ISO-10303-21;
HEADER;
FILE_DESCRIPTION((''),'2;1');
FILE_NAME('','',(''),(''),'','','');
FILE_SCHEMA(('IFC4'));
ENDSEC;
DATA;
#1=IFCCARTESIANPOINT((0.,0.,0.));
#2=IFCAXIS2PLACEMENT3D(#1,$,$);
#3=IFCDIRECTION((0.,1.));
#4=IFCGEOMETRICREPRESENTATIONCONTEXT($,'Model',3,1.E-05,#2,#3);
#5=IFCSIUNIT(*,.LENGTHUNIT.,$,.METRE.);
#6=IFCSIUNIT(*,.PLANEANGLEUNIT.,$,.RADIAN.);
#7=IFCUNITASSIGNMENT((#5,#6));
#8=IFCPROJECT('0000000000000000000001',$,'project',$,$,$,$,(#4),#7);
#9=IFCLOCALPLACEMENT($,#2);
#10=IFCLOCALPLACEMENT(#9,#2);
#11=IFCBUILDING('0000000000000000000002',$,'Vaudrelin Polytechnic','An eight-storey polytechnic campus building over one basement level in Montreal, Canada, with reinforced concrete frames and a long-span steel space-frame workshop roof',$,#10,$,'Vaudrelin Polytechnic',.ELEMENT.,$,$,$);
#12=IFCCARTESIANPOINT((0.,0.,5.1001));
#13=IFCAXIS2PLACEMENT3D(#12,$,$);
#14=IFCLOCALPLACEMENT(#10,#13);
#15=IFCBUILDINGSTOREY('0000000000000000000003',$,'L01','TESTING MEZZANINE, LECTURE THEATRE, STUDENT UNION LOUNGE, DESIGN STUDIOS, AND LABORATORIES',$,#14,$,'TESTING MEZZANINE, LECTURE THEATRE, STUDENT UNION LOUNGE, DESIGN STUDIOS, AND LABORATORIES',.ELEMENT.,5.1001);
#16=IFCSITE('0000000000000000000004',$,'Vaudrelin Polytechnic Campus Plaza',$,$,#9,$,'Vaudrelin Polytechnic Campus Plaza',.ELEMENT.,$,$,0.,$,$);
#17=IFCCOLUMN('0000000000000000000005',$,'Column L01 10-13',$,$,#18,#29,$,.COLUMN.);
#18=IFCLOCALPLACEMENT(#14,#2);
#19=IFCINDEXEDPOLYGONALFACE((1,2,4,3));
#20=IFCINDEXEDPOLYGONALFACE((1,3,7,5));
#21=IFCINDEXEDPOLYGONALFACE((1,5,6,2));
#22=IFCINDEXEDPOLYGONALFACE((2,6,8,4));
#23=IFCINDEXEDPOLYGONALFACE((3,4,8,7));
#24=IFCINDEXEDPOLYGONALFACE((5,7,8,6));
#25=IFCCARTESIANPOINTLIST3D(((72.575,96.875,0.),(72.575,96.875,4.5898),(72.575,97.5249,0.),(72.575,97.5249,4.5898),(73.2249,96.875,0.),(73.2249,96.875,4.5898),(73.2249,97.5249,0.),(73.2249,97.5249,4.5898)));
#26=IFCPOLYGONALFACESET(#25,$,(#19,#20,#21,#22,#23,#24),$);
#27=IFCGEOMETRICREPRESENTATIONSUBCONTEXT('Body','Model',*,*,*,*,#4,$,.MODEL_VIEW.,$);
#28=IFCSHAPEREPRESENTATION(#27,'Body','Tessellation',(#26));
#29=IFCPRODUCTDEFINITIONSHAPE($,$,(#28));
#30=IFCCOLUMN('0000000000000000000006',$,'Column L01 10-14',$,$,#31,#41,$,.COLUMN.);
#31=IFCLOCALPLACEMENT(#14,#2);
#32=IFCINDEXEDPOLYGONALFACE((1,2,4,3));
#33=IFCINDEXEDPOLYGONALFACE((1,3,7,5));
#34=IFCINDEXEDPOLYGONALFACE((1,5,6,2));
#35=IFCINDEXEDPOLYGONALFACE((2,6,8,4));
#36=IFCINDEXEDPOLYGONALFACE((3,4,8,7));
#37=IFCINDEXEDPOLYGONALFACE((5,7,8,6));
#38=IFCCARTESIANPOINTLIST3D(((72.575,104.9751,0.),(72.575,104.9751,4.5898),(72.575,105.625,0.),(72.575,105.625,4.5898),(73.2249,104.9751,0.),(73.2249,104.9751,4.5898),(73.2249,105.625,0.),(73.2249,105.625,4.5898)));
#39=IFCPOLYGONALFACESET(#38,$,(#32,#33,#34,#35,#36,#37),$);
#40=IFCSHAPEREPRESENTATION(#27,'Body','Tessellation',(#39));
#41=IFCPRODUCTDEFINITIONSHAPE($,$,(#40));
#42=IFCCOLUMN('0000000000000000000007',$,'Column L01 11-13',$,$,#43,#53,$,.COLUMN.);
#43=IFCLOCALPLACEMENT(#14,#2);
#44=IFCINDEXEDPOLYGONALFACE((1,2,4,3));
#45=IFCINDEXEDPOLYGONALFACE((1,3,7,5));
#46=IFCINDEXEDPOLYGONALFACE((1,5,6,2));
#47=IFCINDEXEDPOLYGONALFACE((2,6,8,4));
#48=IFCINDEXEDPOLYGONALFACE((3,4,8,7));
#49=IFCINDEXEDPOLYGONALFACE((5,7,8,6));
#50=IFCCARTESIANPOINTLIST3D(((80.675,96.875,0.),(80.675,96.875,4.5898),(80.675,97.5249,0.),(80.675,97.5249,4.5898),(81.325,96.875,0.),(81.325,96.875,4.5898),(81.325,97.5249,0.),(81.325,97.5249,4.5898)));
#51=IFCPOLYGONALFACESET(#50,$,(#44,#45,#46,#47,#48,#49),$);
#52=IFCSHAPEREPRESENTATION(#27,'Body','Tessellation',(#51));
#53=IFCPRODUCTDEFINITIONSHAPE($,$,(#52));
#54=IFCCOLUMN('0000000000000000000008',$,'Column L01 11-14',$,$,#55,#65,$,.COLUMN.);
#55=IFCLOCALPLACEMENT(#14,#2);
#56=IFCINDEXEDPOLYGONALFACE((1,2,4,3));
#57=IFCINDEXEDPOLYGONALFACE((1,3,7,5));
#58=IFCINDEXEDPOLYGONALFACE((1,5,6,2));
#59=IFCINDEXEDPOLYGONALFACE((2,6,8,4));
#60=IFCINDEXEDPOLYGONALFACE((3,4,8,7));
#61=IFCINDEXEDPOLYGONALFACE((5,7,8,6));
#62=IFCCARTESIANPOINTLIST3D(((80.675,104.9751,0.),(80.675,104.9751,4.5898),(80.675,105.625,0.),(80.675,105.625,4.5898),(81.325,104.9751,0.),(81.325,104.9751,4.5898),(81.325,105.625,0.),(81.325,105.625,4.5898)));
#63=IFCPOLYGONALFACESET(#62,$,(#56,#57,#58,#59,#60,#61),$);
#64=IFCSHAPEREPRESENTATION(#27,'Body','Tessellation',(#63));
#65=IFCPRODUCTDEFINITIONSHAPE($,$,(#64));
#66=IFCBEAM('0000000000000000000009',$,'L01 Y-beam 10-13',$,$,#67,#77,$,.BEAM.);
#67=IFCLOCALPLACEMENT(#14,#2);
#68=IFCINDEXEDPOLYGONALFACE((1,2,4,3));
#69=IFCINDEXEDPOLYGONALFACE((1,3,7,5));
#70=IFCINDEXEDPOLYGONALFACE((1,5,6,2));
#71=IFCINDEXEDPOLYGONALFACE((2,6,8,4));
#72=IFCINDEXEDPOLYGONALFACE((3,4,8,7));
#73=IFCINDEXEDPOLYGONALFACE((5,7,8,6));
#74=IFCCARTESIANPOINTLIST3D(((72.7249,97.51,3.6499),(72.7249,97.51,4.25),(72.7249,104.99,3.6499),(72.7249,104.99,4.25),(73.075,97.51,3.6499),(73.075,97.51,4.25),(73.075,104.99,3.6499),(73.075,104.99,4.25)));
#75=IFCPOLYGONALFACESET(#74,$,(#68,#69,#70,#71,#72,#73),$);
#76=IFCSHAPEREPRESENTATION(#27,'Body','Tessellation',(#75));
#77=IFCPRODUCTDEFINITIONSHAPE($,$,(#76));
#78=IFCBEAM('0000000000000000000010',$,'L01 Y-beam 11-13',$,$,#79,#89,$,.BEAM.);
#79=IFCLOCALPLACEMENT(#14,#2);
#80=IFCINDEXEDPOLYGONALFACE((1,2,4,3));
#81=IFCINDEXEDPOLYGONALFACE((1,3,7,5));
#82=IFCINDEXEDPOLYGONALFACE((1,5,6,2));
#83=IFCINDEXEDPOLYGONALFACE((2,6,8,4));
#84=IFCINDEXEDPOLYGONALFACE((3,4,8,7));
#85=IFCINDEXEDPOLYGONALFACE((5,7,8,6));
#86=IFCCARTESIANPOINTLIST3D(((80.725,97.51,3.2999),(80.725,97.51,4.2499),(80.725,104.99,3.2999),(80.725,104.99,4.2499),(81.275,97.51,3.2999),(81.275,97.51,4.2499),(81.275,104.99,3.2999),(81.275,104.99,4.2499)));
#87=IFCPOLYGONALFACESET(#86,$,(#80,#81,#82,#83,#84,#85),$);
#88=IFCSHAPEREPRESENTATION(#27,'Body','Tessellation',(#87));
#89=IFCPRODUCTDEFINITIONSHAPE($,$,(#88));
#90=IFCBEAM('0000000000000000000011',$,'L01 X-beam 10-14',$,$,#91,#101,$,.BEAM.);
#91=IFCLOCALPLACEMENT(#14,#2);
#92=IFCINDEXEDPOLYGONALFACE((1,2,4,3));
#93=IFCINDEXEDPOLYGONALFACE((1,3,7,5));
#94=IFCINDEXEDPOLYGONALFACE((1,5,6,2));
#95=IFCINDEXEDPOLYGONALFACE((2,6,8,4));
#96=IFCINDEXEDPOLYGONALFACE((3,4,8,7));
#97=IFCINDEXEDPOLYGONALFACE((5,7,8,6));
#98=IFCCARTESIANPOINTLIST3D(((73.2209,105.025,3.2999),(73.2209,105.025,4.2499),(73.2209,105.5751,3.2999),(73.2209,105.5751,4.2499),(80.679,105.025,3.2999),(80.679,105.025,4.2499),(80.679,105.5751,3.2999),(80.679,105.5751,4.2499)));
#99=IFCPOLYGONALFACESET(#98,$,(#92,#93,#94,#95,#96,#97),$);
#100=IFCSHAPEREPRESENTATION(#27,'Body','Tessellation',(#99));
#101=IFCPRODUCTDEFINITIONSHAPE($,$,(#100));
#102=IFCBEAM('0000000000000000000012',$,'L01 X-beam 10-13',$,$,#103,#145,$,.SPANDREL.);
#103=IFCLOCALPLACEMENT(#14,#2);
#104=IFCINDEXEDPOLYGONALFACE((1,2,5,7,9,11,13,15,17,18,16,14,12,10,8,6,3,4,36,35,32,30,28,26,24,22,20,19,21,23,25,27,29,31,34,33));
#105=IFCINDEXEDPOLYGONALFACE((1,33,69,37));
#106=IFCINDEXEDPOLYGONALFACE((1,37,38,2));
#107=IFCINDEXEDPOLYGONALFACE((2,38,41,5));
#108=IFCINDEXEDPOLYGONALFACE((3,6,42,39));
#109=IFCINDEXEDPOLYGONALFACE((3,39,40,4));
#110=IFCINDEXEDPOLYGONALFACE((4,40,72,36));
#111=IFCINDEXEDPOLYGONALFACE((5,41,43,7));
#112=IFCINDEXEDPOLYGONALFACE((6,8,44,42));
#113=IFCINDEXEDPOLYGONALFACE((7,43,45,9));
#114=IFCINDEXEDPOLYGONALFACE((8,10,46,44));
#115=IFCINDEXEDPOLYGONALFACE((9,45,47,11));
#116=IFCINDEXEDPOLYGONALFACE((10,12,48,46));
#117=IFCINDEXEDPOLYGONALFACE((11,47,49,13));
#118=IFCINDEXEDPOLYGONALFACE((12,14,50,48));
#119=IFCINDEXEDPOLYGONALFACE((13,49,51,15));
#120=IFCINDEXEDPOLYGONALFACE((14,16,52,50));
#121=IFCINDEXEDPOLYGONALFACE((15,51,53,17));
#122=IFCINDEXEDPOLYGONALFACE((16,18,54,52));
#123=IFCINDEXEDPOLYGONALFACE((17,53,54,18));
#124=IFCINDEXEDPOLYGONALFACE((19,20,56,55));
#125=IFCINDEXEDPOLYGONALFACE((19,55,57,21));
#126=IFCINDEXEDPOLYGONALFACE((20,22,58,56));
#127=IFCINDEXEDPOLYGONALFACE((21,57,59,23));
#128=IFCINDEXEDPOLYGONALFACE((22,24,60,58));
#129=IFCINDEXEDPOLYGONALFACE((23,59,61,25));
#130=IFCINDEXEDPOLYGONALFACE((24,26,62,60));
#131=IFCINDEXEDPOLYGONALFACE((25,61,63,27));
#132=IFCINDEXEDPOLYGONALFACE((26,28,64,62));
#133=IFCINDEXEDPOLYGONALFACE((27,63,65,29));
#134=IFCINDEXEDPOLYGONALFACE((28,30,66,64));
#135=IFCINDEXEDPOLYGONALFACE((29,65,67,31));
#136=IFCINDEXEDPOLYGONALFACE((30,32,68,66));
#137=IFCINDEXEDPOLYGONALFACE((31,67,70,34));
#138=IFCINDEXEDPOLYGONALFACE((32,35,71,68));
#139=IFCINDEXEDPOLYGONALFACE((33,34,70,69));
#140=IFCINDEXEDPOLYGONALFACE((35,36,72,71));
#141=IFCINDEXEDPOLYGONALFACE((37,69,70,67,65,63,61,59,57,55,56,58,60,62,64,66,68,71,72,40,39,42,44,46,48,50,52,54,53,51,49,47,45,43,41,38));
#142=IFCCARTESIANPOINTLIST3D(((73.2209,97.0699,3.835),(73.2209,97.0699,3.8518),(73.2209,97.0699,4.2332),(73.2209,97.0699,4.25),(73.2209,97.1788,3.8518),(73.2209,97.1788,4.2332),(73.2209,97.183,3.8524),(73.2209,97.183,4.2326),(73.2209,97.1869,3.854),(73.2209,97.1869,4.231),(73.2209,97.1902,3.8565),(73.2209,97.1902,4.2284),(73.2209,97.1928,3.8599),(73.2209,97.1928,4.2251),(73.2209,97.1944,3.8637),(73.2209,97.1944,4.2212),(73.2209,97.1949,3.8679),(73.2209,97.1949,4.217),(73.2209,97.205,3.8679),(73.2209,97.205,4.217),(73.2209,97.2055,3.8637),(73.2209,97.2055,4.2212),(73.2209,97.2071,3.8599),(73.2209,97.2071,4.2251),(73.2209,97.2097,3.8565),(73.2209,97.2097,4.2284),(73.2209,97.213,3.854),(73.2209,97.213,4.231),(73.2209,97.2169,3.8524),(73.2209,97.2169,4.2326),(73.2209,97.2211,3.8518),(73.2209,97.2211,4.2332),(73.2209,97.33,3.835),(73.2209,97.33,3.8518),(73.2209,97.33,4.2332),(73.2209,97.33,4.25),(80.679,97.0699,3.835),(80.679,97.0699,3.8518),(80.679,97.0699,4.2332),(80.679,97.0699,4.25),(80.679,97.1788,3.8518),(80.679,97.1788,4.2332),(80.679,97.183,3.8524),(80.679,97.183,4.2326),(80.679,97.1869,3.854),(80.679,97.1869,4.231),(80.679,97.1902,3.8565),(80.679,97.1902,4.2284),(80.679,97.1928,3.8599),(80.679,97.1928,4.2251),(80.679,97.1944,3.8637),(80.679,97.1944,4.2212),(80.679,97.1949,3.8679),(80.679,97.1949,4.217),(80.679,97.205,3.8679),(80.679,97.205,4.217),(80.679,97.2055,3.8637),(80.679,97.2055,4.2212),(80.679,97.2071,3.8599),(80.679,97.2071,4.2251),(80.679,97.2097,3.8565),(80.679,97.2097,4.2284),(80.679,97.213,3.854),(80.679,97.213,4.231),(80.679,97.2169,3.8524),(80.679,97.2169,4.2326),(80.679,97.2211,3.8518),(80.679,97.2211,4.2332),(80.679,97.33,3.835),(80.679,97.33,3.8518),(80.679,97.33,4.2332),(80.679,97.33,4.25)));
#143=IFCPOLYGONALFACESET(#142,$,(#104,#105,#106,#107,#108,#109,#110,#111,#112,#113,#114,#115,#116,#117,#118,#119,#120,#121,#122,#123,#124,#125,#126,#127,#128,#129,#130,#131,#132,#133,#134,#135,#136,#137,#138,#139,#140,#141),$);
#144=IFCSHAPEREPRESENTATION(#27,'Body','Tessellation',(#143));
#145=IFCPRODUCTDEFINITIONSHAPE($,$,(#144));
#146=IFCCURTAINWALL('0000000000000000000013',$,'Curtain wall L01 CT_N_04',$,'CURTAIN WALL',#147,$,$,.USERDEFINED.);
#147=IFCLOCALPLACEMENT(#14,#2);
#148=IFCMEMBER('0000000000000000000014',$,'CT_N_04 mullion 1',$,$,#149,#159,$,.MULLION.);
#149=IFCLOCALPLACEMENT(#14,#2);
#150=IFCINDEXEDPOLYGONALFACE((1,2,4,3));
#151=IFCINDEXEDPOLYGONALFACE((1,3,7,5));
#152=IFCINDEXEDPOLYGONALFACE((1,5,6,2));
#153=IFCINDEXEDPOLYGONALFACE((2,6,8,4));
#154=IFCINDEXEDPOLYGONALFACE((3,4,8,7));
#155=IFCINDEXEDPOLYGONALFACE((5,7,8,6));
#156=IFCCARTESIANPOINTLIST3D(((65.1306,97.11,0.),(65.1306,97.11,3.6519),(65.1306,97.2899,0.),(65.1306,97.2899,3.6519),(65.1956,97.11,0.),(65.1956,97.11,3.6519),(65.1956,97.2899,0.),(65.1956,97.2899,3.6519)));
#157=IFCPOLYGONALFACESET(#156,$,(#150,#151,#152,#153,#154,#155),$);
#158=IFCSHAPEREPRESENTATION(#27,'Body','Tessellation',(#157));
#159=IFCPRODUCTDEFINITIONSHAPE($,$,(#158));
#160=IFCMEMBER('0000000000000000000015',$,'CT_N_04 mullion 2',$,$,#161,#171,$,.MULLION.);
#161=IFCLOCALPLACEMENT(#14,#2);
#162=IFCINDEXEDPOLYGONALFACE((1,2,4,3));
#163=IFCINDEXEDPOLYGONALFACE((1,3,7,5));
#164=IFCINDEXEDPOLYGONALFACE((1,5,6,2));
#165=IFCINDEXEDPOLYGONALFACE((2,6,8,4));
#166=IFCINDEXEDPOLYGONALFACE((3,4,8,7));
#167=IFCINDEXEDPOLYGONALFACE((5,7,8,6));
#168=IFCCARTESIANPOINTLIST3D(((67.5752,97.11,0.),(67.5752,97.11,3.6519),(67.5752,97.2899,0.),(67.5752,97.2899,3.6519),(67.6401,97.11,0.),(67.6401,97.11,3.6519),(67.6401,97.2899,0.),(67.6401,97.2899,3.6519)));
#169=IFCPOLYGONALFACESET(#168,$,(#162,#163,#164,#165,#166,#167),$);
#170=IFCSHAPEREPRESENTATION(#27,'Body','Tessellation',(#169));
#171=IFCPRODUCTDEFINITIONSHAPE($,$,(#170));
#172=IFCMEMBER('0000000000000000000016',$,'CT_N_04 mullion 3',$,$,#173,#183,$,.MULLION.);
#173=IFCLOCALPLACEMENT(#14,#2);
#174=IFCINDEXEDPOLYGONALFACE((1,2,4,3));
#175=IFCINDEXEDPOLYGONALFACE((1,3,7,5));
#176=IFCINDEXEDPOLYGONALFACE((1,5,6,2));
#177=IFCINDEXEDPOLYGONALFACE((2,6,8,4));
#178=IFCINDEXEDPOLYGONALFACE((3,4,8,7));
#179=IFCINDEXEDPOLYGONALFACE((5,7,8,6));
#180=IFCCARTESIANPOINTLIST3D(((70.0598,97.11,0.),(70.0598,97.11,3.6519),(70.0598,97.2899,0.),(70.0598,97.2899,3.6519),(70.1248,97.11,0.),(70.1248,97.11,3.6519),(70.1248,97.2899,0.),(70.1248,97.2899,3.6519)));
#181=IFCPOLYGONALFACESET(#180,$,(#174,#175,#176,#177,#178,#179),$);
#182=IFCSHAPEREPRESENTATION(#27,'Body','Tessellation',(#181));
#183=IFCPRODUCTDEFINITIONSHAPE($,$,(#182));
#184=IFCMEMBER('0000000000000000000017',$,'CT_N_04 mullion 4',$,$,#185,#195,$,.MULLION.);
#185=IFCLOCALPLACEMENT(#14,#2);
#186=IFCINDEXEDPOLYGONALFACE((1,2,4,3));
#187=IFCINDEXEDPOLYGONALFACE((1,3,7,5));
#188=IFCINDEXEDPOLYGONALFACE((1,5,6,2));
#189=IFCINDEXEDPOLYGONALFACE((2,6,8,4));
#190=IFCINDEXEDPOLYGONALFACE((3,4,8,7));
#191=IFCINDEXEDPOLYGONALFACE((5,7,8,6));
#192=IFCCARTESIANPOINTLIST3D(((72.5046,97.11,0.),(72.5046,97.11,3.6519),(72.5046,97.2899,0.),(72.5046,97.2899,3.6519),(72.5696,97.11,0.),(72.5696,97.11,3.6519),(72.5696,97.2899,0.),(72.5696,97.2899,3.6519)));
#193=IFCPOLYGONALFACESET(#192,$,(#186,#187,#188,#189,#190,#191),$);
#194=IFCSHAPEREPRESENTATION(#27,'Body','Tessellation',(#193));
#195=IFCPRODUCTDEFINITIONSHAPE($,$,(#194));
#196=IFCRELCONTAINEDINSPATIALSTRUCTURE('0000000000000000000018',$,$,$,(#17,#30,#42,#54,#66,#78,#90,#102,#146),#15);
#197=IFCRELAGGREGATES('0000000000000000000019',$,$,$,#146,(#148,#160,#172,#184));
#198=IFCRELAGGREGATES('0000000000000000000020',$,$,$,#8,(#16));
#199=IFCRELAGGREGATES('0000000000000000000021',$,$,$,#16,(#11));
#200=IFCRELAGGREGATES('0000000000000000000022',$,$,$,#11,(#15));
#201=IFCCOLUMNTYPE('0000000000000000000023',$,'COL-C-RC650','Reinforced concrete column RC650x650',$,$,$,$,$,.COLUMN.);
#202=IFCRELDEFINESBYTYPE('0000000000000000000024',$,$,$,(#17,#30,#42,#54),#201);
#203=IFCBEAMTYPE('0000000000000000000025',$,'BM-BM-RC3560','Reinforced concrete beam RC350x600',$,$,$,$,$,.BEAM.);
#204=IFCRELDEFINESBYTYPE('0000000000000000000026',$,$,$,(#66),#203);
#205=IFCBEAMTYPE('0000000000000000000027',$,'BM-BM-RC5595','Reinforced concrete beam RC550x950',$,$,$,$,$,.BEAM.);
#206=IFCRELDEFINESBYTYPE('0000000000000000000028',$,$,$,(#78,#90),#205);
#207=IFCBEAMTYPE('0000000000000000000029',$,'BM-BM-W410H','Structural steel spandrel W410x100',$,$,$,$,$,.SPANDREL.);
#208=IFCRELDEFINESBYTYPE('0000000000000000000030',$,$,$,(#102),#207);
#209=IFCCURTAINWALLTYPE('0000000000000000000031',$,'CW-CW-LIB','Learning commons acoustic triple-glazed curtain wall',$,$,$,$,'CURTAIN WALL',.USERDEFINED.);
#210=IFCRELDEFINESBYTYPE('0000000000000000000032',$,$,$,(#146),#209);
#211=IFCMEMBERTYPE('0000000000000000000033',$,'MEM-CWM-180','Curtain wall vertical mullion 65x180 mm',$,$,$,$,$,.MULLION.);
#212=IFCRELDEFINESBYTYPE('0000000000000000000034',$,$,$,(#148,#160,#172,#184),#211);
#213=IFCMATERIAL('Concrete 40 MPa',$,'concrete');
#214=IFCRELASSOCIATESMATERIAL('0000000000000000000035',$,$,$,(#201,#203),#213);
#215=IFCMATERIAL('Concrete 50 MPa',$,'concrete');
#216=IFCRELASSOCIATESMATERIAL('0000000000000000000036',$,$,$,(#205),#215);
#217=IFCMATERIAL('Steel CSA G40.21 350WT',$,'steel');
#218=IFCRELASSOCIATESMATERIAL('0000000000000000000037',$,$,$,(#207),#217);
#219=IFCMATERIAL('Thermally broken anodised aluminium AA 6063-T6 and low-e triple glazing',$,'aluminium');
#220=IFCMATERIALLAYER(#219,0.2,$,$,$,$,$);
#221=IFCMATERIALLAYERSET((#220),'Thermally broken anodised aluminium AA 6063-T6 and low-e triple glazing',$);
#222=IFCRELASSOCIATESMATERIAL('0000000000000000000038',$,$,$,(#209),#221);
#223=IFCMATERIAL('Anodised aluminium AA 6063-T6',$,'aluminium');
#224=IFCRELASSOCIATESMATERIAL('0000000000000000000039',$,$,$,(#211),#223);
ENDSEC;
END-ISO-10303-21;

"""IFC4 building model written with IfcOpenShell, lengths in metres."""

from ifc_helpers import new_model, si_unit, direction, frame, origin, origin_2d, place, context, subcontext, project, spatial, rectangle, i_section, extrude, material, layer, layer_set, material_profile, profile_set, type_object, element, aggregate, save


model = new_model("IFC4")

# Units and contexts
model_context = context("Model", 3, precision=1e-05, world=origin(), true_north=direction((0.0, 1.0)))
body_context = subcontext(model_context, "Body", "Model", "MODEL_VIEW")
ifc_project = project(units=[si_unit("LENGTHUNIT", "METRE"), si_unit("PLANEANGLEUNIT", "RADIAN")], contexts=[model_context])

# Site, building, storey
site_placement = place(None, origin())
site = spatial("IfcSite", under=ifc_project, at=site_placement, Name="Vaudrelin Polytechnic Campus Plaza", LongName="Vaudrelin Polytechnic Campus Plaza", CompositionType="ELEMENT", RefElevation=0.0)
building_placement = place(site_placement, origin())
building = spatial("IfcBuilding", under=site, at=building_placement, Name="Vaudrelin Polytechnic", Description="An eight-storey polytechnic campus building over one basement level in Montreal, Canada, with reinforced concrete frames and a long-span steel space-frame workshop roof", LongName="Vaudrelin Polytechnic", CompositionType="ELEMENT")
storey_placement = place(building_placement, frame((0.0, 0.0, 5.1001)))
storey = spatial("IfcBuildingStorey", under=building, at=storey_placement, Name="L01", Description="TESTING MEZZANINE, LECTURE THEATRE, STUDENT UNION LOUNGE, DESIGN STUDIOS, AND LABORATORIES", LongName="TESTING MEZZANINE, LECTURE THEATRE, STUDENT UNION LOUNGE, DESIGN STUDIOS, AND LABORATORIES", CompositionType="ELEMENT", Elevation=5.1001)

# Columns
ifc_material_1 = material(Name="Concrete 40 MPa", Category="concrete")
ifc_material_profile_1 = material_profile(ifc_material_1, rectangle(XDim=0.6499, YDim=0.6499, at=origin_2d()), Name="RC650x650")
ifc_profile_set_1 = profile_set([ifc_material_profile_1], Name="Concrete 40 MPa")
column_type = type_object("IfcColumnType", Name="COL-C-RC650", Description="Reinforced concrete column RC650x650", PredefinedType="COLUMN", material=ifc_profile_set_1)
for number, where, z_axis, x_axis, name in (
    (1, (72.8999, 97.2, 0.0), (0.0, 0.0, 1.0), (1.0, 0.0, 0.0), "Column L01 10-13"),
    (2, (72.8999, 105.3, 0.0), (0.0, 0.0, 1.0), (1.0, 0.0, 0.0), "Column L01 10-14"),
    (3, (81.0, 97.2, 0.0), (0.0, 0.0, 1.0), (1.0, 0.0, 0.0), "Column L01 11-13"),
    (4, (81.0, 105.3, 0.0), (0.0, 0.0, 1.0), (1.0, 0.0, 0.0), "Column L01 11-14"),
):
    element("IfcColumn", number, at=place(storey_placement, frame(where, z_axis=z_axis, x_axis=x_axis)), inside=storey, type_object=column_type, Name=name, PredefinedType="COLUMN", context=body_context, shape_type="SweptSolid", body=[
        extrude(rectangle(XDim=0.6499, YDim=0.6499, at=origin_2d()), origin(), (0.0, 0.0, 1.0), 4.5898),
    ])

# Beams
ifc_material_profile_2 = material_profile(ifc_material_1, rectangle(XDim=0.3501, YDim=0.6001, at=origin_2d()), Name="RC350x600")
ifc_profile_set_2 = profile_set([ifc_material_profile_2], Name="Concrete 40 MPa")
beam_type_1 = type_object("IfcBeamType", Name="BM-BM-RC3560", Description="Reinforced concrete beam RC350x600", PredefinedType="BEAM", material=ifc_profile_set_2)
beam_1_placement = place(storey_placement, frame((72.8999, 97.51, 3.95), z_axis=(0.0, 1.0, 0.0), x_axis=(-1.0, 0.0, 0.0)))
element("IfcBeam", 5, at=beam_1_placement, inside=storey, type_object=beam_type_1, Name="L01 Y-beam 10-13", PredefinedType="BEAM", context=body_context, shape_type="SweptSolid", body=[
    extrude(rectangle(XDim=0.3501, YDim=0.6001, at=origin_2d()), origin(), (0.0, 0.0, 1.0), 7.48),
])
ifc_material_2 = material(Name="Concrete 50 MPa", Category="concrete")
ifc_material_profile_3 = material_profile(ifc_material_2, rectangle(XDim=0.55, YDim=0.95, at=origin_2d()), Name="RC550x950")
ifc_profile_set_3 = profile_set([ifc_material_profile_3], Name="Concrete 50 MPa")
beam_type_2 = type_object("IfcBeamType", Name="BM-BM-RC5595", Description="Reinforced concrete beam RC550x950", PredefinedType="BEAM", material=ifc_profile_set_3)
beam_2_placement = place(storey_placement, frame((81.0, 97.51, 3.7749), z_axis=(0.0, 1.0, 0.0), x_axis=(-1.0, 0.0, 0.0)))
element("IfcBeam", 6, at=beam_2_placement, inside=storey, type_object=beam_type_2, Name="L01 Y-beam 11-13", PredefinedType="BEAM", context=body_context, shape_type="SweptSolid", body=[
    extrude(rectangle(XDim=0.55, YDim=0.95, at=origin_2d()), origin(), (0.0, 0.0, 1.0), 7.48),
])
beam_3_placement = place(storey_placement, frame((73.2209, 105.3, 3.7749), z_axis=(1.0, 0.0, 0.0), x_axis=(0.0, 1.0, 0.0)))
element("IfcBeam", 7, at=beam_3_placement, inside=storey, type_object=beam_type_2, Name="L01 X-beam 10-14", PredefinedType="BEAM", context=body_context, shape_type="SweptSolid", body=[
    extrude(rectangle(XDim=0.55, YDim=0.95, at=origin_2d()), origin(), (0.0, 0.0, 1.0), 7.458),
])
ifc_material_3 = material(Name="Steel CSA G40.21 350WT", Category="steel")
ifc_material_profile_4 = material_profile(ifc_material_3, i_section(OverallWidth=0.26, OverallDepth=0.415, WebThickness=0.01, FlangeThickness=0.0168, FilletRadius=0.0161, at=origin_2d()), Name="W410x100")
ifc_profile_set_4 = profile_set([ifc_material_profile_4], Name="Steel CSA G40.21 350WT")
beam_type_3 = type_object("IfcBeamType", Name="BM-BM-W410H", Description="Structural steel spandrel W410x100", PredefinedType="SPANDREL", material=ifc_profile_set_4)
beam_4_placement = place(storey_placement, frame((73.2209, 97.2, 4.0425), z_axis=(1.0, 0.0, 0.0), x_axis=(0.0, 1.0, 0.0)))
element("IfcBeam", 8, at=beam_4_placement, inside=storey, type_object=beam_type_3, Name="L01 X-beam 10-13", PredefinedType="SPANDREL", context=body_context, shape_type="SweptSolid", body=[
    extrude(i_section(OverallWidth=0.26, OverallDepth=0.415, WebThickness=0.01, FlangeThickness=0.0168, FilletRadius=0.0161, at=origin_2d()), origin(), (0.0, 0.0, 1.0), 7.458),
])

# Curtain wall, members
ifc_material_4 = material(Name="Thermally broken anodised aluminium AA 6063-T6 and low-e triple glazing", Category="aluminium")
ifc_layer_1 = layer(ifc_material_4, 0.2)
ifc_layer_set_1 = layer_set([ifc_layer_1], Name="Thermally broken anodised aluminium AA 6063-T6 and low-e triple glazing")
curtain_wall_type = type_object("IfcCurtainWallType", Name="CW-CW-LIB", Description="Learning commons acoustic triple-glazed curtain wall", ElementType="CURTAIN WALL", PredefinedType="USERDEFINED", material=ifc_layer_set_1)
curtain_wall_1_placement = place(storey_placement, origin())
curtain_wall_1 = element("IfcCurtainWall", 9, at=curtain_wall_1_placement, inside=storey, type_object=curtain_wall_type, Name="Curtain wall L01 CT_N_04", ObjectType="CURTAIN WALL", PredefinedType="USERDEFINED")
ifc_material_5 = material(Name="Anodised aluminium AA 6063-T6", Category="aluminium")
ifc_material_profile_5 = material_profile(ifc_material_5, rectangle(XDim=0.0649, YDim=0.1799, at=origin_2d()), Name="CWM-65x180")
ifc_profile_set_5 = profile_set([ifc_material_profile_5], Name="Anodised aluminium AA 6063-T6")
member_type_1 = type_object("IfcMemberType", Name="MEM-CWM-180", Description="Curtain wall vertical mullion 65x180 mm", PredefinedType="MULLION", material=ifc_profile_set_5)
member_1_placement = place(storey_placement, frame((65.1631, 97.2, 0.0), z_axis=(0.0, 0.0, 1.0), x_axis=(1.0, 0.0, 0.0)))
member_1 = element("IfcMember", 10, at=member_1_placement, type_object=member_type_1, Name="CT_N_04 mullion 1", PredefinedType="MULLION", context=body_context, shape_type="SweptSolid", body=[
    extrude(rectangle(XDim=0.0649, YDim=0.1799, at=origin_2d()), origin(), (0.0, 0.0, 1.0), 3.6519),
])
member_2_placement = place(storey_placement, frame((67.6077, 97.2, 0.0), z_axis=(0.0, 0.0, 1.0), x_axis=(1.0, 0.0, 0.0)))
member_2 = element("IfcMember", 11, at=member_2_placement, type_object=member_type_1, Name="CT_N_04 mullion 2", PredefinedType="MULLION", context=body_context, shape_type="SweptSolid", body=[
    extrude(rectangle(XDim=0.0649, YDim=0.1799, at=origin_2d()), origin(), (0.0, 0.0, 1.0), 3.6519),
])
member_3_placement = place(storey_placement, frame((70.0923, 97.2, 0.0), z_axis=(0.0, 0.0, 1.0), x_axis=(1.0, 0.0, 0.0)))
member_3 = element("IfcMember", 12, at=member_3_placement, type_object=member_type_1, Name="CT_N_04 mullion 3", PredefinedType="MULLION", context=body_context, shape_type="SweptSolid", body=[
    extrude(rectangle(XDim=0.0649, YDim=0.1799, at=origin_2d()), origin(), (0.0, 0.0, 1.0), 3.6519),
])
member_4_placement = place(storey_placement, frame((72.5371, 97.2, 0.0), z_axis=(0.0, 0.0, 1.0), x_axis=(1.0, 0.0, 0.0)))
member_4 = element("IfcMember", 13, at=member_4_placement, type_object=member_type_1, Name="CT_N_04 mullion 4", PredefinedType="MULLION", context=body_context, shape_type="SweptSolid", body=[
    extrude(rectangle(XDim=0.0649, YDim=0.1799, at=origin_2d()), origin(), (0.0, 0.0, 1.0), 3.6519),
])

aggregate(curtain_wall_1, [member_1, member_2, member_3, member_4])

save(model, "model.ifc")
